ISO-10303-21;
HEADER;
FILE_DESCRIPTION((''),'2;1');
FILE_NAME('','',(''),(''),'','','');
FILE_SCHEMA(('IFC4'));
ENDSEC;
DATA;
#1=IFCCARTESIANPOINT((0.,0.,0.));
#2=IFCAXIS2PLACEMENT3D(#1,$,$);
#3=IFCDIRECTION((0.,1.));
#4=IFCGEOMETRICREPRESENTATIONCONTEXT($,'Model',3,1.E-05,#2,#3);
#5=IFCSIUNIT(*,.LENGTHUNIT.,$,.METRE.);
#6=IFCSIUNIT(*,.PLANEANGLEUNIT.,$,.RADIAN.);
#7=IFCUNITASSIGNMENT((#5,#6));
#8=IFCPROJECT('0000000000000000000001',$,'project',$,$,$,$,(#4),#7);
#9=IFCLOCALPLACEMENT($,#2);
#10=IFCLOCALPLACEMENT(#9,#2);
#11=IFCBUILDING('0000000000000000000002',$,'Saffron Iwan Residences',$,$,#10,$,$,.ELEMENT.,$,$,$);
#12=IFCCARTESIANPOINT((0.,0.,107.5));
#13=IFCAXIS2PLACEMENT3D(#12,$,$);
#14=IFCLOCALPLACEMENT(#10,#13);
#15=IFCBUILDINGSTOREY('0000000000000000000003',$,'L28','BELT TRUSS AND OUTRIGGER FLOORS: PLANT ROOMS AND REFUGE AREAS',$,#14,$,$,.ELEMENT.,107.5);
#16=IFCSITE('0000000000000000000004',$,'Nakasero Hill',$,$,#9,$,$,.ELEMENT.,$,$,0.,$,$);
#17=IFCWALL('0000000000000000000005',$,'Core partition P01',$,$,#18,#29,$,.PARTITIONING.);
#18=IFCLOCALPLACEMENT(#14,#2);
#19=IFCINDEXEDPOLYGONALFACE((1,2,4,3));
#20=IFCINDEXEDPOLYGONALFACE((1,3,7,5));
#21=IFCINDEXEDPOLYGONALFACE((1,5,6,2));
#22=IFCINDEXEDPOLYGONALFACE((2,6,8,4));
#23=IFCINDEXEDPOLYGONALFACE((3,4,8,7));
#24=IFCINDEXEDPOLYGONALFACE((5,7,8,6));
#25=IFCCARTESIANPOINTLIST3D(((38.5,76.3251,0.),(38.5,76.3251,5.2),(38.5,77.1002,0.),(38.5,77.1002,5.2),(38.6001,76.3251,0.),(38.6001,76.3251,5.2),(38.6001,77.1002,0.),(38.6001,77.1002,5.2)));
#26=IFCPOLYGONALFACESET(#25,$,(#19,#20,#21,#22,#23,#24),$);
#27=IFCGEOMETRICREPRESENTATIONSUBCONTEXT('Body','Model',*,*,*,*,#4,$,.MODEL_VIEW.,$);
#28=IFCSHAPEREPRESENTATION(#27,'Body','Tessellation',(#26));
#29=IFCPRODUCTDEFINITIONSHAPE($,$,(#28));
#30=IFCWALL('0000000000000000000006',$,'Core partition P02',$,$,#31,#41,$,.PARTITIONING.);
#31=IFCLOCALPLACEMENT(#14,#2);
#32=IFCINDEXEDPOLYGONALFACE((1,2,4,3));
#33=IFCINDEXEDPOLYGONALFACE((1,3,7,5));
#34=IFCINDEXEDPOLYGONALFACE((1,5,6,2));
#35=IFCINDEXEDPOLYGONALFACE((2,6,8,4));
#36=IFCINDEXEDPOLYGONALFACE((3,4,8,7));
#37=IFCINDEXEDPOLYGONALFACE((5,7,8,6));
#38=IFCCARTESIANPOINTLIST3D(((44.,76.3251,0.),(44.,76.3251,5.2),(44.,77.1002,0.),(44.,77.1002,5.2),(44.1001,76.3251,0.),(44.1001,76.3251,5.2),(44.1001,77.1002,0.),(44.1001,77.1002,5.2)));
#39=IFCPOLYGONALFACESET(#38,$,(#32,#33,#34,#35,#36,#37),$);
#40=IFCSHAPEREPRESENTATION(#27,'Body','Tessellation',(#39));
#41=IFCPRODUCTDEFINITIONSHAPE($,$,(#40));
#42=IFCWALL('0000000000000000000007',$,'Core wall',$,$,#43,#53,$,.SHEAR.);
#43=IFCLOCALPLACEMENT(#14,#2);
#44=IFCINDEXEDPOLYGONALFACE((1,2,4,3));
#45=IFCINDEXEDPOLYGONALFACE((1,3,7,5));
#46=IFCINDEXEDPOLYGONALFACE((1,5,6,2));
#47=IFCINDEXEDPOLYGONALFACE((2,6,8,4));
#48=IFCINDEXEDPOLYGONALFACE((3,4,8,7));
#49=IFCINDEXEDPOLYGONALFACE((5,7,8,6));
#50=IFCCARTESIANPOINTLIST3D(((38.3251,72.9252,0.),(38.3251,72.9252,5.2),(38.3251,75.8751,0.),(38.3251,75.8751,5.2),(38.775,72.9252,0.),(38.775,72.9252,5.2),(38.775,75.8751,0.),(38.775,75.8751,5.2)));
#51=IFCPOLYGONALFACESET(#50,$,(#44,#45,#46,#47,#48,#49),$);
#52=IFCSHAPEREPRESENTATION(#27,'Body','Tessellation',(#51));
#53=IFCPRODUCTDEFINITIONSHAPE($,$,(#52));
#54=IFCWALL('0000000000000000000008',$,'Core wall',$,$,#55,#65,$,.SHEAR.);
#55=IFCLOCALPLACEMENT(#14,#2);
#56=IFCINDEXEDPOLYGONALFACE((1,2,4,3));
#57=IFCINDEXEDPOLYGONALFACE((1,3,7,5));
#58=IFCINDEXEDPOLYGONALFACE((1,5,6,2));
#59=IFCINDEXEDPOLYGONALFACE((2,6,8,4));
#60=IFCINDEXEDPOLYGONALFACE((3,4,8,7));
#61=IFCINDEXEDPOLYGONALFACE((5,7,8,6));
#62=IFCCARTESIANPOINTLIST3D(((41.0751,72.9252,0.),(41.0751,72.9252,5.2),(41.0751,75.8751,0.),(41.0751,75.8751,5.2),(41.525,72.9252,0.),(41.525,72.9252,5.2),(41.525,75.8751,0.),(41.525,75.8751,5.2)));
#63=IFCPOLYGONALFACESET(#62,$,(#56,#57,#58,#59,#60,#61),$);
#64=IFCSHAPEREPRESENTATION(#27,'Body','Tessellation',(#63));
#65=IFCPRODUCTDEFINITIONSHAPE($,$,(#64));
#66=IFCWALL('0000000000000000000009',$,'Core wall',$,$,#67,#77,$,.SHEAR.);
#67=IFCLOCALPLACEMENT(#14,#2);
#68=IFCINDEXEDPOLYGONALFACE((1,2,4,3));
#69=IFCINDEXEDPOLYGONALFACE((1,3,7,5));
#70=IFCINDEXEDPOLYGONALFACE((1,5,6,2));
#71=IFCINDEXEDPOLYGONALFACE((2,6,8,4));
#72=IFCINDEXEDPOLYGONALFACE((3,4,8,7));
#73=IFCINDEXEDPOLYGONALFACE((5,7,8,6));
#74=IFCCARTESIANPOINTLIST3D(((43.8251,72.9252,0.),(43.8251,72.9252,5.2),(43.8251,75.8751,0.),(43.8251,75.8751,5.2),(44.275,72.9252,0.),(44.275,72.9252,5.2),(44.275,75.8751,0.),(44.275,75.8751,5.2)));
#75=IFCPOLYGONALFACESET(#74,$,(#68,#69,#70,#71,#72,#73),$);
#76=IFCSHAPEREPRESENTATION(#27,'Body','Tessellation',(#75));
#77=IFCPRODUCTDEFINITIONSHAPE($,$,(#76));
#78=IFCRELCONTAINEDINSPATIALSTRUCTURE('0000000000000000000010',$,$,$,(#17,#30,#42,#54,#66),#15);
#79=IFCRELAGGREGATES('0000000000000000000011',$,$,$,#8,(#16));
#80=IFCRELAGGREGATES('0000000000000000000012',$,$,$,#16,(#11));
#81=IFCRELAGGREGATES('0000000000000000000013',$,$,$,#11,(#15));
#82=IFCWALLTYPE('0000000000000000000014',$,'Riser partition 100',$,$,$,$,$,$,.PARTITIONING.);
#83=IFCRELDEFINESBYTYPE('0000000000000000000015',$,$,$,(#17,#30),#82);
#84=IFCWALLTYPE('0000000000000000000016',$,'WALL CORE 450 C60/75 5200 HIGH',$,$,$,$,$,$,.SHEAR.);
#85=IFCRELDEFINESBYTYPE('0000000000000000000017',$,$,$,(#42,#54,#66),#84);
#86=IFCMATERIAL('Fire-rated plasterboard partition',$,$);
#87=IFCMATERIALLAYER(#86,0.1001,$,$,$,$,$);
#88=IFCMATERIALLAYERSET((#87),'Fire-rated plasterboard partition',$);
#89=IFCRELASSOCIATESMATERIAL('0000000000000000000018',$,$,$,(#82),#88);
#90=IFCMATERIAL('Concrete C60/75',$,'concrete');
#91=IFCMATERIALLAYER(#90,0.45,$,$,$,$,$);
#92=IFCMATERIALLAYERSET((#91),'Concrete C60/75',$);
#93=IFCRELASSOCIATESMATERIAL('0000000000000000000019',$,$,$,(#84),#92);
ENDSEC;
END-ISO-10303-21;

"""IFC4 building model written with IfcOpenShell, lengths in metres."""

from ifc_helpers import new_model, si_unit, direction, frame, frame_2d, origin, place, context, subcontext, project, spatial, rectangle, extrude, material, layer, layer_set, type_object, element, save


model = new_model("IFC4")

# Units and contexts
model_context = context("Model", 3, precision=1e-05, world=origin(), true_north=direction((0.0, 1.0)))
body_context = subcontext(model_context, "Body", "Model", "MODEL_VIEW")
ifc_project = project(units=[si_unit("LENGTHUNIT", "METRE"), si_unit("PLANEANGLEUNIT", "RADIAN")], contexts=[model_context])

# Site, building, storey
site_placement = place(None, origin())
site = spatial("IfcSite", under=ifc_project, at=site_placement, Name="Nakasero Hill", CompositionType="ELEMENT", RefElevation=0.0)
building_placement = place(site_placement, origin())
building = spatial("IfcBuilding", under=site, at=building_placement, Name="Saffron Iwan Residences", CompositionType="ELEMENT")
storey_placement = place(building_placement, frame((0.0, 0.0, 107.5)))
storey = spatial("IfcBuildingStorey", under=building, at=storey_placement, Name="L28", Description="BELT TRUSS AND OUTRIGGER FLOORS: PLANT ROOMS AND REFUGE AREAS", CompositionType="ELEMENT", Elevation=107.5)

# Walls
ifc_material_1 = material(Name="Fire-rated plasterboard partition")
ifc_layer_1 = layer(ifc_material_1, 0.1001)
ifc_layer_set_1 = layer_set([ifc_layer_1], Name="Fire-rated plasterboard partition")
wall_type_1 = type_object("IfcWallType", Name="Riser partition 100", PredefinedType="PARTITIONING", material=ifc_layer_set_1)
for number, where, z_axis, x_axis, name in (
    (1, (38.55, 76.325, 0.0), (0.0, 0.0, 1.0), (0.0, 1.0, 0.0), "Core partition P01"),
    (2, (44.05, 76.325, 0.0), (0.0, 0.0, 1.0), (0.0, 1.0, 0.0), "Core partition P02"),
):
    element("IfcWall", number, at=place(storey_placement, frame(where, z_axis=z_axis, x_axis=x_axis)), inside=storey, type_object=wall_type_1, Name=name, PredefinedType="PARTITIONING", context=body_context, shape_type="SweptSolid", body=[
        extrude(rectangle(XDim=0.7751, YDim=0.1001, at=frame_2d((0.3877, 0.0))), origin(), (0.0, 0.0, 1.0), 5.2),
    ])
ifc_material_2 = material(Name="Concrete C60/75", Category="concrete")
ifc_layer_2 = layer(ifc_material_2, 0.45)
ifc_layer_set_2 = layer_set([ifc_layer_2], Name="Concrete C60/75")
wall_type_2 = type_object("IfcWallType", Name="WALL CORE 450 C60/75 5200 HIGH", PredefinedType="SHEAR", material=ifc_layer_set_2)
for number, where, z_axis, x_axis, name in (
    (3, (38.55, 72.925, 0.0), (0.0, 0.0, 1.0), (0.0, 1.0, 0.0), "Core wall"),
    (4, (41.3, 72.925, 0.0), (0.0, 0.0, 1.0), (0.0, 1.0, 0.0), "Core wall"),
    (5, (44.05, 72.925, 0.0), (0.0, 0.0, 1.0), (0.0, 1.0, 0.0), "Core wall"),
):
    element("IfcWall", number, at=place(storey_placement, frame(where, z_axis=z_axis, x_axis=x_axis)), inside=storey, type_object=wall_type_2, Name=name, PredefinedType="SHEAR", context=body_context, shape_type="SweptSolid", body=[
        extrude(rectangle(XDim=2.95, YDim=0.45, at=frame_2d((1.4751, 0.0))), origin(), (0.0, 0.0, 1.0), 5.2),
    ])

save(model, "model.ifc")
